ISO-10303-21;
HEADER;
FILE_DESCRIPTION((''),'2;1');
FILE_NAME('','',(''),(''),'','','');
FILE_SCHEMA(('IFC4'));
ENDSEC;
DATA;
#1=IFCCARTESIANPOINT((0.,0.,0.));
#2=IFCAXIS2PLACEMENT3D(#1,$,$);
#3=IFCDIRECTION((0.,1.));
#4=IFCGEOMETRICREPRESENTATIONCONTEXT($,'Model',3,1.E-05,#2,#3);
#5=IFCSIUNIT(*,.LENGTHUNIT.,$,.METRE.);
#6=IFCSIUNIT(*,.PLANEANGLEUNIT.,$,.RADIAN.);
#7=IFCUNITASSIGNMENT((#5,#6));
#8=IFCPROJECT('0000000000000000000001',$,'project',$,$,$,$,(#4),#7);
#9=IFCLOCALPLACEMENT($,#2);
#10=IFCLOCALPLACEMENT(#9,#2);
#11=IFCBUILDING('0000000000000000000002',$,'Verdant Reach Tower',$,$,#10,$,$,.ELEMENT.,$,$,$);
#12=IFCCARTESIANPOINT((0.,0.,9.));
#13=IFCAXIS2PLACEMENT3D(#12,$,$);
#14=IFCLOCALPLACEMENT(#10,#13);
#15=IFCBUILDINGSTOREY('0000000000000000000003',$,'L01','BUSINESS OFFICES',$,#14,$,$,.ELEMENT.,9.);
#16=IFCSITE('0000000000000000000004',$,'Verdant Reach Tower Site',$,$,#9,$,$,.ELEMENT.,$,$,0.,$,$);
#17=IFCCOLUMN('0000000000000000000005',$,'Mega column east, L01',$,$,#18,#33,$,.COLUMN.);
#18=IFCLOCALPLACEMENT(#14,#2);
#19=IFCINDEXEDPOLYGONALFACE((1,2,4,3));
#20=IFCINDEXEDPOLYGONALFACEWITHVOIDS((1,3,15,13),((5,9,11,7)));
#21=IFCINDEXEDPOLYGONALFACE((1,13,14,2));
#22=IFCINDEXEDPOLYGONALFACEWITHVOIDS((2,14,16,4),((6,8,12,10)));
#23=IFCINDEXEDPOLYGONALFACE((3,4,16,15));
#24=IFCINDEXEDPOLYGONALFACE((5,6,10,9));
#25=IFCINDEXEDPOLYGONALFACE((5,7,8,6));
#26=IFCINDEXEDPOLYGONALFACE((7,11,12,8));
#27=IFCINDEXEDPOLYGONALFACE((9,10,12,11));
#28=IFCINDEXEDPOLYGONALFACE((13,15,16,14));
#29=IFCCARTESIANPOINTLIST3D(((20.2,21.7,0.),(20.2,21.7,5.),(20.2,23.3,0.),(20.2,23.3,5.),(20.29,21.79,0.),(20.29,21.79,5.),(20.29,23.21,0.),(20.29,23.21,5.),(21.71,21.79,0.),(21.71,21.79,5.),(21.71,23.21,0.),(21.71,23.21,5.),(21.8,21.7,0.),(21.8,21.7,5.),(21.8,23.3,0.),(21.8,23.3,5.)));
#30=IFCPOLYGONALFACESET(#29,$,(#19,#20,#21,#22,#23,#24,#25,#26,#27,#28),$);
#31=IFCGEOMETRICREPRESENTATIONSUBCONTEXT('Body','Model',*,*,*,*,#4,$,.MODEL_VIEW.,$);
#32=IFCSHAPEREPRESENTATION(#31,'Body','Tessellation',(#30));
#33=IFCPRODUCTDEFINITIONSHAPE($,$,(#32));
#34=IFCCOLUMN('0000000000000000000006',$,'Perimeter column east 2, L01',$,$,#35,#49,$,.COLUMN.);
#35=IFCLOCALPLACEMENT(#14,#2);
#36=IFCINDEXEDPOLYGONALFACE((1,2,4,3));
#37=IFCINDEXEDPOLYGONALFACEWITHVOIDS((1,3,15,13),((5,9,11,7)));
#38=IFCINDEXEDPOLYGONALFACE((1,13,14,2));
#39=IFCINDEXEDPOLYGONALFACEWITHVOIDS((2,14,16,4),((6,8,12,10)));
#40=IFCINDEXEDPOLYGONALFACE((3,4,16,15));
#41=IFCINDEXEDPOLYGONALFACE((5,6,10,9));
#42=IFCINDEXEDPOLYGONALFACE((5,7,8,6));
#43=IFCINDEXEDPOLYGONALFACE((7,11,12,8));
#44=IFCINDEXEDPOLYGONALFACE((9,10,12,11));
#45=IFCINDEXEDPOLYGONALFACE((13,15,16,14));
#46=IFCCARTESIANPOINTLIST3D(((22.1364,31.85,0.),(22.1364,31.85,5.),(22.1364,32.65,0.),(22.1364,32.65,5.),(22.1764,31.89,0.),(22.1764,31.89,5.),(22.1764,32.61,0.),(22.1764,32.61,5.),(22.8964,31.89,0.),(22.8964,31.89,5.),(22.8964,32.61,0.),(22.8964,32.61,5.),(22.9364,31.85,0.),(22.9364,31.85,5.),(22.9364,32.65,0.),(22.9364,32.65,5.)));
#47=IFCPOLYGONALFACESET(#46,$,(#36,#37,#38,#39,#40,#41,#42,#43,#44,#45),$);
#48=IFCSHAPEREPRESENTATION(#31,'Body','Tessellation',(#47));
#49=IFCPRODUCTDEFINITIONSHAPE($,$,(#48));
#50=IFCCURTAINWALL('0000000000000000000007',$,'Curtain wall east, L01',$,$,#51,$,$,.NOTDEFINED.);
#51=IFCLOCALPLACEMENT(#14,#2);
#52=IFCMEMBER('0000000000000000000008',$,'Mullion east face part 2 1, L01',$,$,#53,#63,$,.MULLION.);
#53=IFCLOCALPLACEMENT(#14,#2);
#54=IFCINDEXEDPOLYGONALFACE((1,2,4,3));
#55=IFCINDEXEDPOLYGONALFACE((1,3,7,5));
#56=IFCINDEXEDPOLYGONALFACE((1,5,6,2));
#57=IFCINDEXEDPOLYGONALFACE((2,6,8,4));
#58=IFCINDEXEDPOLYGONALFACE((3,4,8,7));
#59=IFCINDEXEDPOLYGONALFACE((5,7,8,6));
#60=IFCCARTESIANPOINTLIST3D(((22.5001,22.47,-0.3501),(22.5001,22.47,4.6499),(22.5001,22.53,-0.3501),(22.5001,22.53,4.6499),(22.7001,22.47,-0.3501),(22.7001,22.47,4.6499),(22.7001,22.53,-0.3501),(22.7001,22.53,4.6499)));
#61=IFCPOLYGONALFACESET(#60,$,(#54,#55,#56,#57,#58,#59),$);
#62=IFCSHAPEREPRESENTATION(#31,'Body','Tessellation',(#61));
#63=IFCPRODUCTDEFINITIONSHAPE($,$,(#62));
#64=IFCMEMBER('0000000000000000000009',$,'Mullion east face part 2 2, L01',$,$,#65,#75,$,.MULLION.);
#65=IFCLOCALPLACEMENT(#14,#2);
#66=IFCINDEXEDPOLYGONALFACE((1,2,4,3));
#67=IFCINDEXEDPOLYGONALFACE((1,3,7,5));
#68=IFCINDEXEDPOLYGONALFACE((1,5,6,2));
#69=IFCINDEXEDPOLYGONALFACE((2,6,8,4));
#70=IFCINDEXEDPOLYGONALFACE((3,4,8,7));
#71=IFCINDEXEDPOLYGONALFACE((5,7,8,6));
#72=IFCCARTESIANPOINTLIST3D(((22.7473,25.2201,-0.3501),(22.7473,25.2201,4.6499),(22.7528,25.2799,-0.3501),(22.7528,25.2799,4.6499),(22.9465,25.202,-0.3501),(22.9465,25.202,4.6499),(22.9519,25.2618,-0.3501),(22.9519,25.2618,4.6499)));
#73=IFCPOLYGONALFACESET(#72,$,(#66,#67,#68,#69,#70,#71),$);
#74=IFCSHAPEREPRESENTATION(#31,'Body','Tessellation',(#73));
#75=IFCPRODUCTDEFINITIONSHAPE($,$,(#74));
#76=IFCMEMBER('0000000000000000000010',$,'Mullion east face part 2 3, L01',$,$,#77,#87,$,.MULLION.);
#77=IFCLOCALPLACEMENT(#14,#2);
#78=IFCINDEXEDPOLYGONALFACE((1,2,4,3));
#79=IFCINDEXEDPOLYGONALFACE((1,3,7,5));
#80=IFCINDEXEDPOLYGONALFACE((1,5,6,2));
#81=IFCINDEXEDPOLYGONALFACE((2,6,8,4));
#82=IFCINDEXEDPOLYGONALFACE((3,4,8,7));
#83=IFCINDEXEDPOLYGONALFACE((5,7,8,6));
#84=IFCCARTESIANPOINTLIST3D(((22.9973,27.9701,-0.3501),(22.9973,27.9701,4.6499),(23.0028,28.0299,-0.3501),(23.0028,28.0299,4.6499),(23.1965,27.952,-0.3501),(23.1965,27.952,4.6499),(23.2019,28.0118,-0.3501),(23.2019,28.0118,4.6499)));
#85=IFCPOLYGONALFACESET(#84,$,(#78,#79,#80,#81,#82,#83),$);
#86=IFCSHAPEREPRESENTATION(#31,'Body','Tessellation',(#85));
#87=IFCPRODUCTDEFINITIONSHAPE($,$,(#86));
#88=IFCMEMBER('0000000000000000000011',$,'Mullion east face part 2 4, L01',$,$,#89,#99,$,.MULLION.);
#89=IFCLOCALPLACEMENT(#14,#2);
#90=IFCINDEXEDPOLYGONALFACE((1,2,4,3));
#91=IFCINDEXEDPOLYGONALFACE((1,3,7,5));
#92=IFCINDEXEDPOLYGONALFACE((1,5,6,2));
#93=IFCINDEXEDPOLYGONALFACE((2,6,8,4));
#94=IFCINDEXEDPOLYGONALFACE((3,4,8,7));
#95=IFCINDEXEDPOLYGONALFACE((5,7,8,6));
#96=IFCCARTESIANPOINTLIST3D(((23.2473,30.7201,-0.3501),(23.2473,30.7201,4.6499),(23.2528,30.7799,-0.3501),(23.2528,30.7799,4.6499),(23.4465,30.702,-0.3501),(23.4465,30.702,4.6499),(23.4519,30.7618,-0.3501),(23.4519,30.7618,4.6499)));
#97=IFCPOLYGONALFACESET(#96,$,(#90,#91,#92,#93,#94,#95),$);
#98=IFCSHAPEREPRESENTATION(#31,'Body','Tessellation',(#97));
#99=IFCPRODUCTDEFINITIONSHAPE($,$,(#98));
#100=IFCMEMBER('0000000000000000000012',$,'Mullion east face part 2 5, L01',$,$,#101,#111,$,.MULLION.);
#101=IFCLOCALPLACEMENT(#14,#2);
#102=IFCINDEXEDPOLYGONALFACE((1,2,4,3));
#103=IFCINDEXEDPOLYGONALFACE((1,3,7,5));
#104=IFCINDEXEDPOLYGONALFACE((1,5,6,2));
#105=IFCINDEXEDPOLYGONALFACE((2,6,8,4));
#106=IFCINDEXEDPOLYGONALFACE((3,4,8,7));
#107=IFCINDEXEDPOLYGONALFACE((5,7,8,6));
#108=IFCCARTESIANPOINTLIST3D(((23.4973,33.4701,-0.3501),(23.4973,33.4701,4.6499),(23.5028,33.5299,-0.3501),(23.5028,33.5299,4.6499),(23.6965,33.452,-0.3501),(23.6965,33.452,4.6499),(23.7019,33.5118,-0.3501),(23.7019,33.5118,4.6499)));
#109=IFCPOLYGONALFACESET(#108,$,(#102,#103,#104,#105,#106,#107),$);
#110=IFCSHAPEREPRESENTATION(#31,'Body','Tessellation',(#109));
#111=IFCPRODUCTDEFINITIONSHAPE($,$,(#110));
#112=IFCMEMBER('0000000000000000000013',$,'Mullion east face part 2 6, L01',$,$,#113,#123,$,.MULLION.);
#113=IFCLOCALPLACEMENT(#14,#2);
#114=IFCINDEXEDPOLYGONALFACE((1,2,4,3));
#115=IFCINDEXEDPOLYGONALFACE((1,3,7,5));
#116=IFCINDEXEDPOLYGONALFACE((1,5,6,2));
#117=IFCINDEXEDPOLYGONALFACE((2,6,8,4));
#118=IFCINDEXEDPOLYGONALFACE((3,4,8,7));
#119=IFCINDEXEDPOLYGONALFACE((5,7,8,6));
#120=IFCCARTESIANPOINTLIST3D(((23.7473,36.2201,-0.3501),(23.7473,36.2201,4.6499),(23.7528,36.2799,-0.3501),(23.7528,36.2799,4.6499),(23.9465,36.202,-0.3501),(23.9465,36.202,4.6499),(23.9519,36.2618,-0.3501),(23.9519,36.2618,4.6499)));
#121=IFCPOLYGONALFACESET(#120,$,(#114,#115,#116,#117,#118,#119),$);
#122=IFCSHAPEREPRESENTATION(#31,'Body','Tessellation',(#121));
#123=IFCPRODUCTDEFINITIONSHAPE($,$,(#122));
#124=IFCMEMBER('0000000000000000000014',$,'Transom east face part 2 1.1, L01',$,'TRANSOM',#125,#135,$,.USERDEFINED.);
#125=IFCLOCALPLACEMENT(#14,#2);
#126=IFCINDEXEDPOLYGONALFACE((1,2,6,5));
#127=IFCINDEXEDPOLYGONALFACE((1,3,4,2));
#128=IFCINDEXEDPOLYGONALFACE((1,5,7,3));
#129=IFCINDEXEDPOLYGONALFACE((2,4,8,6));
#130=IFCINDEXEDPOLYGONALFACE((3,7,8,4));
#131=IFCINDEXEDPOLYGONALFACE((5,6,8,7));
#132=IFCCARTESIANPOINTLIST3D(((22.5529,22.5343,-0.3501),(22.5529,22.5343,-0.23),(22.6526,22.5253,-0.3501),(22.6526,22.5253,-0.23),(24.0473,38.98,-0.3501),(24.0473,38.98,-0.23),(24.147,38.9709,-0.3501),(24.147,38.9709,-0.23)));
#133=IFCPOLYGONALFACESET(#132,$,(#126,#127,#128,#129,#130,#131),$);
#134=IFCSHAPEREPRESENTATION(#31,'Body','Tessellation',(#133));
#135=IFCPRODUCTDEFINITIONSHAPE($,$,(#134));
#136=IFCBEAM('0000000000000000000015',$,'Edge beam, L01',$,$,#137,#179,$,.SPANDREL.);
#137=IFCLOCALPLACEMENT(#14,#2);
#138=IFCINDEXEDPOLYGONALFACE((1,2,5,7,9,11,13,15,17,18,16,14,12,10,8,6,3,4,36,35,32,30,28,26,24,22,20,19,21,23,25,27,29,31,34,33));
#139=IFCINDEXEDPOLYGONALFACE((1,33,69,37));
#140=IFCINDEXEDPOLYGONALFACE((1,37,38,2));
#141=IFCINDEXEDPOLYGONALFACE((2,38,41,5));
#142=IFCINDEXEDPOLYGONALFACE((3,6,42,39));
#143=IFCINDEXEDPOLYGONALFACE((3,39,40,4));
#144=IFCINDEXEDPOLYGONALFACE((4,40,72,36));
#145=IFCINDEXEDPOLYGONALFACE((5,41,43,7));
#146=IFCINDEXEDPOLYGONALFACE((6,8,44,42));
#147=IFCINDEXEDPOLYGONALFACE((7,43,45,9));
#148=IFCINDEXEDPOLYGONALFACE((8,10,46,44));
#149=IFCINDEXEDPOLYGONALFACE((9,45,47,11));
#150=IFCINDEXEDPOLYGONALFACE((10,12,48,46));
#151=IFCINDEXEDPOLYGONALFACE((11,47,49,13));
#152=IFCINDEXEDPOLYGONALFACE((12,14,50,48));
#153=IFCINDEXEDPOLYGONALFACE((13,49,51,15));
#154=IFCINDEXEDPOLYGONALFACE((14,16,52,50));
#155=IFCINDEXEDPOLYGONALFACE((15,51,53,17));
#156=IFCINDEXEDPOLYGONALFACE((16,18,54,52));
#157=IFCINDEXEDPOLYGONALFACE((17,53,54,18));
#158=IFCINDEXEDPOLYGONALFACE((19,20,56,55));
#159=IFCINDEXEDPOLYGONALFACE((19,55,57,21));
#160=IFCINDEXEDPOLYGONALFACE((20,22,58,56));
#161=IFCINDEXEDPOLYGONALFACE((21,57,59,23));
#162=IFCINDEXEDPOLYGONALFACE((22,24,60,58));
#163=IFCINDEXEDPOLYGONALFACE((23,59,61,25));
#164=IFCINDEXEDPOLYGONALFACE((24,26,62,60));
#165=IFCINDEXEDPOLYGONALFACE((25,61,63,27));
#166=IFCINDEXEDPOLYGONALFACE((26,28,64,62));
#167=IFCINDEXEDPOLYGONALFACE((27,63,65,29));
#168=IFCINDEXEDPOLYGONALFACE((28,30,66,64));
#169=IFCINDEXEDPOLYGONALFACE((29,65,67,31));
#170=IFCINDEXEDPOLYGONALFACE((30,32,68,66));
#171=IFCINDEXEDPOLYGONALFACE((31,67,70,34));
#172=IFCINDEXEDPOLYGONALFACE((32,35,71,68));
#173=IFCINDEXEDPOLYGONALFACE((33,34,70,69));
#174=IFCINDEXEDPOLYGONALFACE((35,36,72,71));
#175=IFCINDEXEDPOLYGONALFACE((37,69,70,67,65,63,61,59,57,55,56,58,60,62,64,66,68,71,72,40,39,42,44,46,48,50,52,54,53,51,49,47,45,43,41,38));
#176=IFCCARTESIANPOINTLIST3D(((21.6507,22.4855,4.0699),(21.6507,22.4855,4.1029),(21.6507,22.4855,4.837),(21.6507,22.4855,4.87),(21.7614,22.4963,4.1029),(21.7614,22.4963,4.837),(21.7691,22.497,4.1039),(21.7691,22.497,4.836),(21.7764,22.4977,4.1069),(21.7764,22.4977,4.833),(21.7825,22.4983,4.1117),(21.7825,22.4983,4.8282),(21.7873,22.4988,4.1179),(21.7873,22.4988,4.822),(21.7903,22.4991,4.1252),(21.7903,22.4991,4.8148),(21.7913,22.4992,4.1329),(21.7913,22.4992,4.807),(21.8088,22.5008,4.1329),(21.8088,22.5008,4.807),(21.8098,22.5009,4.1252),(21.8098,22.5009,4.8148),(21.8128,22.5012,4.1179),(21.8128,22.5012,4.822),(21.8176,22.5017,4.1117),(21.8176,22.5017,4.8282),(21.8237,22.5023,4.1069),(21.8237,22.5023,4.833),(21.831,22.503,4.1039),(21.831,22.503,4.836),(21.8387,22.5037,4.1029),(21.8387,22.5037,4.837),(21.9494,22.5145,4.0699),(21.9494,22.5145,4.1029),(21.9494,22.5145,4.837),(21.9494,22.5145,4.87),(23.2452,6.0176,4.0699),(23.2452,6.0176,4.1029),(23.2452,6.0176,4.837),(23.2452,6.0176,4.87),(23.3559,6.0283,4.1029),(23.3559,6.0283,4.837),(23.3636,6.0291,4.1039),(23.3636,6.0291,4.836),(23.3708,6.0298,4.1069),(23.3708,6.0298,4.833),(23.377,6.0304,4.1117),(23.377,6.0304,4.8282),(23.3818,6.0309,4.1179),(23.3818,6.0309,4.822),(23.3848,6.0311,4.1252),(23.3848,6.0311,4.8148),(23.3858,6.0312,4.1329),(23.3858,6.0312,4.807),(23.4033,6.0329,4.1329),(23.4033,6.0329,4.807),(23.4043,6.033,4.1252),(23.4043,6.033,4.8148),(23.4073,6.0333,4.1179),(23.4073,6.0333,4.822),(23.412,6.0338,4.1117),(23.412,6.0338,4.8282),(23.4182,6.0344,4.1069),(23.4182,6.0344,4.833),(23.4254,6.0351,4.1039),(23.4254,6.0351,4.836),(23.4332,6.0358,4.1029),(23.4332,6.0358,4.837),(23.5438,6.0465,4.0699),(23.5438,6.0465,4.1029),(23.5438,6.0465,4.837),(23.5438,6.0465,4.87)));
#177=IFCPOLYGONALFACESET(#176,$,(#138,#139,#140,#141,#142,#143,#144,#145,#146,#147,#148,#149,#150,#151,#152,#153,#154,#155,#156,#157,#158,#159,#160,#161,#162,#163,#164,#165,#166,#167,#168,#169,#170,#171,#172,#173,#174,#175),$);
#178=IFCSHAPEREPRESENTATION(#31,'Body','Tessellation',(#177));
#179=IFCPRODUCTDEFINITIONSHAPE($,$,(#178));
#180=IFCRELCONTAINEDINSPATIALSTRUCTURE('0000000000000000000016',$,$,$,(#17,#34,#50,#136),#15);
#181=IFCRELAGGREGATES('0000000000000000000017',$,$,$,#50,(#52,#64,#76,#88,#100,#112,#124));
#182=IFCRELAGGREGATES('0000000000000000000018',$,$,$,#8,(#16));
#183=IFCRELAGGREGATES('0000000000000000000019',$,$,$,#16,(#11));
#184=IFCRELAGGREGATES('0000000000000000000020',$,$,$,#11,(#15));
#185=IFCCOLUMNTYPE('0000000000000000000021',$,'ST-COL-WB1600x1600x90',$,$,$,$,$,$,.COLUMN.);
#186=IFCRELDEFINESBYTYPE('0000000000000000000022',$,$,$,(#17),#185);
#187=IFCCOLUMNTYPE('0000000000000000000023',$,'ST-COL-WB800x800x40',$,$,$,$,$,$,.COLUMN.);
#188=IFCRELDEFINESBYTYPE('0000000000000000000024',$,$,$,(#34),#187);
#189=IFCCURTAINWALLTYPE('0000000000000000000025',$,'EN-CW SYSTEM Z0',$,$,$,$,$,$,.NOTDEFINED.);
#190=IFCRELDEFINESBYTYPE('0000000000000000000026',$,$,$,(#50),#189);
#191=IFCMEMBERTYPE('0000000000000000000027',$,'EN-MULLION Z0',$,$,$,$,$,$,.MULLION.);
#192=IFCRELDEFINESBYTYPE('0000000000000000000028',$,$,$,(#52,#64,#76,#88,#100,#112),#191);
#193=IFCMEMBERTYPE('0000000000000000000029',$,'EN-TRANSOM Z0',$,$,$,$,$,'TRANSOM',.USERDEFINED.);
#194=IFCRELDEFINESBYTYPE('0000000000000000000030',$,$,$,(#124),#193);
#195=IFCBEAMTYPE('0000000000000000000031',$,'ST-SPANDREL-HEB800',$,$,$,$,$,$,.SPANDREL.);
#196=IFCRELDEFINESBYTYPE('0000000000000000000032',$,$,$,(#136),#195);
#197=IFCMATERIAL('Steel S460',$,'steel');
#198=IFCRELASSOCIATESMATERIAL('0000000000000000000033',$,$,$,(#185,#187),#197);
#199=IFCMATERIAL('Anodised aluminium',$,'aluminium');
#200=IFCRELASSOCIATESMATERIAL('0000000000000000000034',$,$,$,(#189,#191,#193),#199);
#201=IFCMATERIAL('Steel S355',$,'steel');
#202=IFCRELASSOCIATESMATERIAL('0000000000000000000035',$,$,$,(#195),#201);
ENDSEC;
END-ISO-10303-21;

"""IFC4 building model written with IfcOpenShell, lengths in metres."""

from ifc_helpers import new_model, si_unit, direction, frame, origin, origin_2d, place, context, subcontext, project, spatial, rectangle, hollow_rectangle, i_section, extrude, material, material_profile, profile_set, type_object, element, aggregate, save


model = new_model("IFC4")

# Units and contexts
model_context = context("Model", 3, precision=1e-05, world=origin(), true_north=direction((0.0, 1.0)))
body_context = subcontext(model_context, "Body", "Model", "MODEL_VIEW")
ifc_project = project(units=[si_unit("LENGTHUNIT", "METRE"), si_unit("PLANEANGLEUNIT", "RADIAN")], contexts=[model_context])

# Site, building, storey
site_placement = place(None, origin())
site = spatial("IfcSite", under=ifc_project, at=site_placement, Name="Verdant Reach Tower Site", CompositionType="ELEMENT", RefElevation=0.0)
building_placement = place(site_placement, origin())
building = spatial("IfcBuilding", under=site, at=building_placement, Name="Verdant Reach Tower", CompositionType="ELEMENT")
storey_placement = place(building_placement, frame((0.0, 0.0, 9.0)))
storey = spatial("IfcBuildingStorey", under=building, at=storey_placement, Name="L01", Description="BUSINESS OFFICES", CompositionType="ELEMENT", Elevation=9.0)

# Columns
ifc_material_1 = material(Name="Steel S460", Category="steel")
ifc_material_profile_1 = material_profile(ifc_material_1, hollow_rectangle(XDim=1.6001, YDim=1.6001, WallThickness=0.0901, at=origin_2d()), Name="WB 1600x1600x90")
ifc_profile_set_1 = profile_set([ifc_material_profile_1], Name="Steel S460")
column_type_1 = type_object("IfcColumnType", Name="ST-COL-WB1600x1600x90", PredefinedType="COLUMN", material=ifc_profile_set_1)
column_1_placement = place(storey_placement, frame((21.0, 22.5, 0.0), z_axis=(0.0, 0.0, 1.0), x_axis=(1.0, 0.0, 0.0)))
element("IfcColumn", 1, at=column_1_placement, inside=storey, type_object=column_type_1, Name="Mega column east, L01", PredefinedType="COLUMN", context=body_context, shape_type="SweptSolid", body=[
    extrude(hollow_rectangle(XDim=1.6001, YDim=1.6001, WallThickness=0.0901, at=origin_2d()), origin(), (0.0, 0.0, 1.0), 5.0),
])
ifc_material_profile_2 = material_profile(ifc_material_1, hollow_rectangle(XDim=0.8, YDim=0.8, WallThickness=0.04, at=origin_2d()), Name="WB 800x800x40")
ifc_profile_set_2 = profile_set([ifc_material_profile_2], Name="Steel S460")
column_type_2 = type_object("IfcColumnType", Name="ST-COL-WB800x800x40", PredefinedType="COLUMN", material=ifc_profile_set_2)
column_2_placement = place(storey_placement, frame((22.5364, 32.25, 0.0), z_axis=(0.0, 0.0, 1.0), x_axis=(1.0, 0.0, 0.0)))
element("IfcColumn", 2, at=column_2_placement, inside=storey, type_object=column_type_2, Name="Perimeter column east 2, L01", PredefinedType="COLUMN", context=body_context, shape_type="SweptSolid", body=[
    extrude(hollow_rectangle(XDim=0.8, YDim=0.8, WallThickness=0.04, at=origin_2d()), origin(), (0.0, 0.0, 1.0), 5.0),
])

# Curtain wall, members
ifc_material_2 = material(Name="Anodised aluminium", Category="aluminium")
curtain_wall_type = type_object("IfcCurtainWallType", Name="EN-CW SYSTEM Z0", PredefinedType="NOTDEFINED", material=ifc_material_2)
curtain_wall_placement = place(storey_placement, origin())
curtain_wall = element("IfcCurtainWall", 3, at=curtain_wall_placement, inside=storey, type_object=curtain_wall_type, Name="Curtain wall east, L01", PredefinedType="NOTDEFINED")
ifc_material_profile_3 = material_profile(ifc_material_2, rectangle(XDim=0.2, YDim=0.0601, at=origin_2d()), Name="Mullion 60x200")
ifc_profile_set_3 = profile_set([ifc_material_profile_3], Name="Anodised aluminium")
member_type_1 = type_object("IfcMemberType", Name="EN-MULLION Z0", PredefinedType="MULLION", material=ifc_profile_set_3)
member_1_placement = place(storey_placement, frame((22.6001, 22.5, -0.3501), z_axis=(0.0, 0.0, 1.0), x_axis=(1.0, 0.0, 0.0)))
member_1 = element("IfcMember", 4, at=member_1_placement, type_object=member_type_1, Name="Mullion east face part 2 1, L01", PredefinedType="MULLION", context=body_context, shape_type="SweptSolid", body=[
    extrude(rectangle(XDim=0.2, YDim=0.0601, at=origin_2d()), origin(), (0.0, 0.0, 1.0), 5.0),
])
member_2_placement = place(storey_placement, frame((22.8496, 25.241, -0.3501), z_axis=(0.0, 0.0, 1.0), x_axis=(0.995893, -0.090536, 0.0)))
member_2 = element("IfcMember", 5, at=member_2_placement, type_object=member_type_1, Name="Mullion east face part 2 2, L01", PredefinedType="MULLION", context=body_context, shape_type="SweptSolid", body=[
    extrude(rectangle(XDim=0.2, YDim=0.0601, at=origin_2d()), origin(), (0.0, 0.0, 1.0), 5.0),
])
member_3_placement = place(storey_placement, frame((23.0996, 27.991, -0.3501), z_axis=(0.0, 0.0, 1.0), x_axis=(0.995893, -0.090536, 0.0)))
member_3 = element("IfcMember", 6, at=member_3_placement, type_object=member_type_1, Name="Mullion east face part 2 3, L01", PredefinedType="MULLION", context=body_context, shape_type="SweptSolid", body=[
    extrude(rectangle(XDim=0.2, YDim=0.0601, at=origin_2d()), origin(), (0.0, 0.0, 1.0), 5.0),
])
member_4_placement = place(storey_placement, frame((23.3496, 30.741, -0.3501), z_axis=(0.0, 0.0, 1.0), x_axis=(0.995893, -0.090536, 0.0)))
member_4 = element("IfcMember", 7, at=member_4_placement, type_object=member_type_1, Name="Mullion east face part 2 4, L01", PredefinedType="MULLION", context=body_context, shape_type="SweptSolid", body=[
    extrude(rectangle(XDim=0.2, YDim=0.0601, at=origin_2d()), origin(), (0.0, 0.0, 1.0), 5.0),
])
member_5_placement = place(storey_placement, frame((23.5996, 33.491, -0.3501), z_axis=(0.0, 0.0, 1.0), x_axis=(0.995893, -0.090536, 0.0)))
member_5 = element("IfcMember", 8, at=member_5_placement, type_object=member_type_1, Name="Mullion east face part 2 5, L01", PredefinedType="MULLION", context=body_context, shape_type="SweptSolid", body=[
    extrude(rectangle(XDim=0.2, YDim=0.0601, at=origin_2d()), origin(), (0.0, 0.0, 1.0), 5.0),
])
member_6_placement = place(storey_placement, frame((23.8496, 36.241, -0.3501), z_axis=(0.0, 0.0, 1.0), x_axis=(0.995893, -0.090536, 0.0)))
member_6 = element("IfcMember", 9, at=member_6_placement, type_object=member_type_1, Name="Mullion east face part 2 6, L01", PredefinedType="MULLION", context=body_context, shape_type="SweptSolid", body=[
    extrude(rectangle(XDim=0.2, YDim=0.0601, at=origin_2d()), origin(), (0.0, 0.0, 1.0), 5.0),
])
ifc_material_profile_4 = material_profile(ifc_material_2, rectangle(XDim=0.1001, YDim=0.1201, at=origin_2d()), Name="Transom 120x100")
ifc_profile_set_4 = profile_set([ifc_material_profile_4], Name="Anodised aluminium")
member_type_2 = type_object("IfcMemberType", Name="EN-TRANSOM Z0", ElementType="TRANSOM", PredefinedType="USERDEFINED", material=ifc_profile_set_4)
member_7_placement = place(storey_placement, frame((22.6028, 22.5298, -0.29), z_axis=(0.090496, 0.995897, 0.0), x_axis=(-0.995897, 0.090496, 0.0)))
member_7 = element("IfcMember", 10, at=member_7_placement, type_object=member_type_2, Name="Transom east face part 2 1.1, L01", ObjectType="TRANSOM", PredefinedType="USERDEFINED", context=body_context, shape_type="SweptSolid", body=[
    extrude(rectangle(XDim=0.1001, YDim=0.1201, at=origin_2d()), origin(), (0.0, 0.0, 1.0), 16.5134),
])

# Beam
ifc_material_3 = material(Name="Steel S355", Category="steel")
ifc_material_profile_5 = material_profile(ifc_material_3, i_section(OverallWidth=0.3, OverallDepth=0.8, WebThickness=0.0176, FlangeThickness=0.033, FilletRadius=0.03, at=origin_2d()), Name="HEB 800")
ifc_profile_set_5 = profile_set([ifc_material_profile_5], Name="Steel S355")
beam_type = type_object("IfcBeamType", Name="ST-SPANDREL-HEB800", PredefinedType="SPANDREL", material=ifc_profile_set_5)
beam_placement = place(storey_placement, frame((21.8, 22.5, 4.47), z_axis=(0.096372, -0.995345, 0.0), x_axis=(0.995345, 0.096372, 0.0)))
element("IfcBeam", 11, at=beam_placement, inside=storey, type_object=beam_type, Name="Edge beam, L01", PredefinedType="SPANDREL", context=body_context, shape_type="SweptSolid", body=[
    extrude(i_section(OverallWidth=0.3, OverallDepth=0.8, WebThickness=0.0176, FlangeThickness=0.033, FilletRadius=0.03, at=origin_2d()), origin(), (0.0, 0.0, 1.0), 16.5449),
])

aggregate(curtain_wall, [member_1, member_2, member_3, member_4, member_5, member_6, member_7])

save(model, "model.ifc")
